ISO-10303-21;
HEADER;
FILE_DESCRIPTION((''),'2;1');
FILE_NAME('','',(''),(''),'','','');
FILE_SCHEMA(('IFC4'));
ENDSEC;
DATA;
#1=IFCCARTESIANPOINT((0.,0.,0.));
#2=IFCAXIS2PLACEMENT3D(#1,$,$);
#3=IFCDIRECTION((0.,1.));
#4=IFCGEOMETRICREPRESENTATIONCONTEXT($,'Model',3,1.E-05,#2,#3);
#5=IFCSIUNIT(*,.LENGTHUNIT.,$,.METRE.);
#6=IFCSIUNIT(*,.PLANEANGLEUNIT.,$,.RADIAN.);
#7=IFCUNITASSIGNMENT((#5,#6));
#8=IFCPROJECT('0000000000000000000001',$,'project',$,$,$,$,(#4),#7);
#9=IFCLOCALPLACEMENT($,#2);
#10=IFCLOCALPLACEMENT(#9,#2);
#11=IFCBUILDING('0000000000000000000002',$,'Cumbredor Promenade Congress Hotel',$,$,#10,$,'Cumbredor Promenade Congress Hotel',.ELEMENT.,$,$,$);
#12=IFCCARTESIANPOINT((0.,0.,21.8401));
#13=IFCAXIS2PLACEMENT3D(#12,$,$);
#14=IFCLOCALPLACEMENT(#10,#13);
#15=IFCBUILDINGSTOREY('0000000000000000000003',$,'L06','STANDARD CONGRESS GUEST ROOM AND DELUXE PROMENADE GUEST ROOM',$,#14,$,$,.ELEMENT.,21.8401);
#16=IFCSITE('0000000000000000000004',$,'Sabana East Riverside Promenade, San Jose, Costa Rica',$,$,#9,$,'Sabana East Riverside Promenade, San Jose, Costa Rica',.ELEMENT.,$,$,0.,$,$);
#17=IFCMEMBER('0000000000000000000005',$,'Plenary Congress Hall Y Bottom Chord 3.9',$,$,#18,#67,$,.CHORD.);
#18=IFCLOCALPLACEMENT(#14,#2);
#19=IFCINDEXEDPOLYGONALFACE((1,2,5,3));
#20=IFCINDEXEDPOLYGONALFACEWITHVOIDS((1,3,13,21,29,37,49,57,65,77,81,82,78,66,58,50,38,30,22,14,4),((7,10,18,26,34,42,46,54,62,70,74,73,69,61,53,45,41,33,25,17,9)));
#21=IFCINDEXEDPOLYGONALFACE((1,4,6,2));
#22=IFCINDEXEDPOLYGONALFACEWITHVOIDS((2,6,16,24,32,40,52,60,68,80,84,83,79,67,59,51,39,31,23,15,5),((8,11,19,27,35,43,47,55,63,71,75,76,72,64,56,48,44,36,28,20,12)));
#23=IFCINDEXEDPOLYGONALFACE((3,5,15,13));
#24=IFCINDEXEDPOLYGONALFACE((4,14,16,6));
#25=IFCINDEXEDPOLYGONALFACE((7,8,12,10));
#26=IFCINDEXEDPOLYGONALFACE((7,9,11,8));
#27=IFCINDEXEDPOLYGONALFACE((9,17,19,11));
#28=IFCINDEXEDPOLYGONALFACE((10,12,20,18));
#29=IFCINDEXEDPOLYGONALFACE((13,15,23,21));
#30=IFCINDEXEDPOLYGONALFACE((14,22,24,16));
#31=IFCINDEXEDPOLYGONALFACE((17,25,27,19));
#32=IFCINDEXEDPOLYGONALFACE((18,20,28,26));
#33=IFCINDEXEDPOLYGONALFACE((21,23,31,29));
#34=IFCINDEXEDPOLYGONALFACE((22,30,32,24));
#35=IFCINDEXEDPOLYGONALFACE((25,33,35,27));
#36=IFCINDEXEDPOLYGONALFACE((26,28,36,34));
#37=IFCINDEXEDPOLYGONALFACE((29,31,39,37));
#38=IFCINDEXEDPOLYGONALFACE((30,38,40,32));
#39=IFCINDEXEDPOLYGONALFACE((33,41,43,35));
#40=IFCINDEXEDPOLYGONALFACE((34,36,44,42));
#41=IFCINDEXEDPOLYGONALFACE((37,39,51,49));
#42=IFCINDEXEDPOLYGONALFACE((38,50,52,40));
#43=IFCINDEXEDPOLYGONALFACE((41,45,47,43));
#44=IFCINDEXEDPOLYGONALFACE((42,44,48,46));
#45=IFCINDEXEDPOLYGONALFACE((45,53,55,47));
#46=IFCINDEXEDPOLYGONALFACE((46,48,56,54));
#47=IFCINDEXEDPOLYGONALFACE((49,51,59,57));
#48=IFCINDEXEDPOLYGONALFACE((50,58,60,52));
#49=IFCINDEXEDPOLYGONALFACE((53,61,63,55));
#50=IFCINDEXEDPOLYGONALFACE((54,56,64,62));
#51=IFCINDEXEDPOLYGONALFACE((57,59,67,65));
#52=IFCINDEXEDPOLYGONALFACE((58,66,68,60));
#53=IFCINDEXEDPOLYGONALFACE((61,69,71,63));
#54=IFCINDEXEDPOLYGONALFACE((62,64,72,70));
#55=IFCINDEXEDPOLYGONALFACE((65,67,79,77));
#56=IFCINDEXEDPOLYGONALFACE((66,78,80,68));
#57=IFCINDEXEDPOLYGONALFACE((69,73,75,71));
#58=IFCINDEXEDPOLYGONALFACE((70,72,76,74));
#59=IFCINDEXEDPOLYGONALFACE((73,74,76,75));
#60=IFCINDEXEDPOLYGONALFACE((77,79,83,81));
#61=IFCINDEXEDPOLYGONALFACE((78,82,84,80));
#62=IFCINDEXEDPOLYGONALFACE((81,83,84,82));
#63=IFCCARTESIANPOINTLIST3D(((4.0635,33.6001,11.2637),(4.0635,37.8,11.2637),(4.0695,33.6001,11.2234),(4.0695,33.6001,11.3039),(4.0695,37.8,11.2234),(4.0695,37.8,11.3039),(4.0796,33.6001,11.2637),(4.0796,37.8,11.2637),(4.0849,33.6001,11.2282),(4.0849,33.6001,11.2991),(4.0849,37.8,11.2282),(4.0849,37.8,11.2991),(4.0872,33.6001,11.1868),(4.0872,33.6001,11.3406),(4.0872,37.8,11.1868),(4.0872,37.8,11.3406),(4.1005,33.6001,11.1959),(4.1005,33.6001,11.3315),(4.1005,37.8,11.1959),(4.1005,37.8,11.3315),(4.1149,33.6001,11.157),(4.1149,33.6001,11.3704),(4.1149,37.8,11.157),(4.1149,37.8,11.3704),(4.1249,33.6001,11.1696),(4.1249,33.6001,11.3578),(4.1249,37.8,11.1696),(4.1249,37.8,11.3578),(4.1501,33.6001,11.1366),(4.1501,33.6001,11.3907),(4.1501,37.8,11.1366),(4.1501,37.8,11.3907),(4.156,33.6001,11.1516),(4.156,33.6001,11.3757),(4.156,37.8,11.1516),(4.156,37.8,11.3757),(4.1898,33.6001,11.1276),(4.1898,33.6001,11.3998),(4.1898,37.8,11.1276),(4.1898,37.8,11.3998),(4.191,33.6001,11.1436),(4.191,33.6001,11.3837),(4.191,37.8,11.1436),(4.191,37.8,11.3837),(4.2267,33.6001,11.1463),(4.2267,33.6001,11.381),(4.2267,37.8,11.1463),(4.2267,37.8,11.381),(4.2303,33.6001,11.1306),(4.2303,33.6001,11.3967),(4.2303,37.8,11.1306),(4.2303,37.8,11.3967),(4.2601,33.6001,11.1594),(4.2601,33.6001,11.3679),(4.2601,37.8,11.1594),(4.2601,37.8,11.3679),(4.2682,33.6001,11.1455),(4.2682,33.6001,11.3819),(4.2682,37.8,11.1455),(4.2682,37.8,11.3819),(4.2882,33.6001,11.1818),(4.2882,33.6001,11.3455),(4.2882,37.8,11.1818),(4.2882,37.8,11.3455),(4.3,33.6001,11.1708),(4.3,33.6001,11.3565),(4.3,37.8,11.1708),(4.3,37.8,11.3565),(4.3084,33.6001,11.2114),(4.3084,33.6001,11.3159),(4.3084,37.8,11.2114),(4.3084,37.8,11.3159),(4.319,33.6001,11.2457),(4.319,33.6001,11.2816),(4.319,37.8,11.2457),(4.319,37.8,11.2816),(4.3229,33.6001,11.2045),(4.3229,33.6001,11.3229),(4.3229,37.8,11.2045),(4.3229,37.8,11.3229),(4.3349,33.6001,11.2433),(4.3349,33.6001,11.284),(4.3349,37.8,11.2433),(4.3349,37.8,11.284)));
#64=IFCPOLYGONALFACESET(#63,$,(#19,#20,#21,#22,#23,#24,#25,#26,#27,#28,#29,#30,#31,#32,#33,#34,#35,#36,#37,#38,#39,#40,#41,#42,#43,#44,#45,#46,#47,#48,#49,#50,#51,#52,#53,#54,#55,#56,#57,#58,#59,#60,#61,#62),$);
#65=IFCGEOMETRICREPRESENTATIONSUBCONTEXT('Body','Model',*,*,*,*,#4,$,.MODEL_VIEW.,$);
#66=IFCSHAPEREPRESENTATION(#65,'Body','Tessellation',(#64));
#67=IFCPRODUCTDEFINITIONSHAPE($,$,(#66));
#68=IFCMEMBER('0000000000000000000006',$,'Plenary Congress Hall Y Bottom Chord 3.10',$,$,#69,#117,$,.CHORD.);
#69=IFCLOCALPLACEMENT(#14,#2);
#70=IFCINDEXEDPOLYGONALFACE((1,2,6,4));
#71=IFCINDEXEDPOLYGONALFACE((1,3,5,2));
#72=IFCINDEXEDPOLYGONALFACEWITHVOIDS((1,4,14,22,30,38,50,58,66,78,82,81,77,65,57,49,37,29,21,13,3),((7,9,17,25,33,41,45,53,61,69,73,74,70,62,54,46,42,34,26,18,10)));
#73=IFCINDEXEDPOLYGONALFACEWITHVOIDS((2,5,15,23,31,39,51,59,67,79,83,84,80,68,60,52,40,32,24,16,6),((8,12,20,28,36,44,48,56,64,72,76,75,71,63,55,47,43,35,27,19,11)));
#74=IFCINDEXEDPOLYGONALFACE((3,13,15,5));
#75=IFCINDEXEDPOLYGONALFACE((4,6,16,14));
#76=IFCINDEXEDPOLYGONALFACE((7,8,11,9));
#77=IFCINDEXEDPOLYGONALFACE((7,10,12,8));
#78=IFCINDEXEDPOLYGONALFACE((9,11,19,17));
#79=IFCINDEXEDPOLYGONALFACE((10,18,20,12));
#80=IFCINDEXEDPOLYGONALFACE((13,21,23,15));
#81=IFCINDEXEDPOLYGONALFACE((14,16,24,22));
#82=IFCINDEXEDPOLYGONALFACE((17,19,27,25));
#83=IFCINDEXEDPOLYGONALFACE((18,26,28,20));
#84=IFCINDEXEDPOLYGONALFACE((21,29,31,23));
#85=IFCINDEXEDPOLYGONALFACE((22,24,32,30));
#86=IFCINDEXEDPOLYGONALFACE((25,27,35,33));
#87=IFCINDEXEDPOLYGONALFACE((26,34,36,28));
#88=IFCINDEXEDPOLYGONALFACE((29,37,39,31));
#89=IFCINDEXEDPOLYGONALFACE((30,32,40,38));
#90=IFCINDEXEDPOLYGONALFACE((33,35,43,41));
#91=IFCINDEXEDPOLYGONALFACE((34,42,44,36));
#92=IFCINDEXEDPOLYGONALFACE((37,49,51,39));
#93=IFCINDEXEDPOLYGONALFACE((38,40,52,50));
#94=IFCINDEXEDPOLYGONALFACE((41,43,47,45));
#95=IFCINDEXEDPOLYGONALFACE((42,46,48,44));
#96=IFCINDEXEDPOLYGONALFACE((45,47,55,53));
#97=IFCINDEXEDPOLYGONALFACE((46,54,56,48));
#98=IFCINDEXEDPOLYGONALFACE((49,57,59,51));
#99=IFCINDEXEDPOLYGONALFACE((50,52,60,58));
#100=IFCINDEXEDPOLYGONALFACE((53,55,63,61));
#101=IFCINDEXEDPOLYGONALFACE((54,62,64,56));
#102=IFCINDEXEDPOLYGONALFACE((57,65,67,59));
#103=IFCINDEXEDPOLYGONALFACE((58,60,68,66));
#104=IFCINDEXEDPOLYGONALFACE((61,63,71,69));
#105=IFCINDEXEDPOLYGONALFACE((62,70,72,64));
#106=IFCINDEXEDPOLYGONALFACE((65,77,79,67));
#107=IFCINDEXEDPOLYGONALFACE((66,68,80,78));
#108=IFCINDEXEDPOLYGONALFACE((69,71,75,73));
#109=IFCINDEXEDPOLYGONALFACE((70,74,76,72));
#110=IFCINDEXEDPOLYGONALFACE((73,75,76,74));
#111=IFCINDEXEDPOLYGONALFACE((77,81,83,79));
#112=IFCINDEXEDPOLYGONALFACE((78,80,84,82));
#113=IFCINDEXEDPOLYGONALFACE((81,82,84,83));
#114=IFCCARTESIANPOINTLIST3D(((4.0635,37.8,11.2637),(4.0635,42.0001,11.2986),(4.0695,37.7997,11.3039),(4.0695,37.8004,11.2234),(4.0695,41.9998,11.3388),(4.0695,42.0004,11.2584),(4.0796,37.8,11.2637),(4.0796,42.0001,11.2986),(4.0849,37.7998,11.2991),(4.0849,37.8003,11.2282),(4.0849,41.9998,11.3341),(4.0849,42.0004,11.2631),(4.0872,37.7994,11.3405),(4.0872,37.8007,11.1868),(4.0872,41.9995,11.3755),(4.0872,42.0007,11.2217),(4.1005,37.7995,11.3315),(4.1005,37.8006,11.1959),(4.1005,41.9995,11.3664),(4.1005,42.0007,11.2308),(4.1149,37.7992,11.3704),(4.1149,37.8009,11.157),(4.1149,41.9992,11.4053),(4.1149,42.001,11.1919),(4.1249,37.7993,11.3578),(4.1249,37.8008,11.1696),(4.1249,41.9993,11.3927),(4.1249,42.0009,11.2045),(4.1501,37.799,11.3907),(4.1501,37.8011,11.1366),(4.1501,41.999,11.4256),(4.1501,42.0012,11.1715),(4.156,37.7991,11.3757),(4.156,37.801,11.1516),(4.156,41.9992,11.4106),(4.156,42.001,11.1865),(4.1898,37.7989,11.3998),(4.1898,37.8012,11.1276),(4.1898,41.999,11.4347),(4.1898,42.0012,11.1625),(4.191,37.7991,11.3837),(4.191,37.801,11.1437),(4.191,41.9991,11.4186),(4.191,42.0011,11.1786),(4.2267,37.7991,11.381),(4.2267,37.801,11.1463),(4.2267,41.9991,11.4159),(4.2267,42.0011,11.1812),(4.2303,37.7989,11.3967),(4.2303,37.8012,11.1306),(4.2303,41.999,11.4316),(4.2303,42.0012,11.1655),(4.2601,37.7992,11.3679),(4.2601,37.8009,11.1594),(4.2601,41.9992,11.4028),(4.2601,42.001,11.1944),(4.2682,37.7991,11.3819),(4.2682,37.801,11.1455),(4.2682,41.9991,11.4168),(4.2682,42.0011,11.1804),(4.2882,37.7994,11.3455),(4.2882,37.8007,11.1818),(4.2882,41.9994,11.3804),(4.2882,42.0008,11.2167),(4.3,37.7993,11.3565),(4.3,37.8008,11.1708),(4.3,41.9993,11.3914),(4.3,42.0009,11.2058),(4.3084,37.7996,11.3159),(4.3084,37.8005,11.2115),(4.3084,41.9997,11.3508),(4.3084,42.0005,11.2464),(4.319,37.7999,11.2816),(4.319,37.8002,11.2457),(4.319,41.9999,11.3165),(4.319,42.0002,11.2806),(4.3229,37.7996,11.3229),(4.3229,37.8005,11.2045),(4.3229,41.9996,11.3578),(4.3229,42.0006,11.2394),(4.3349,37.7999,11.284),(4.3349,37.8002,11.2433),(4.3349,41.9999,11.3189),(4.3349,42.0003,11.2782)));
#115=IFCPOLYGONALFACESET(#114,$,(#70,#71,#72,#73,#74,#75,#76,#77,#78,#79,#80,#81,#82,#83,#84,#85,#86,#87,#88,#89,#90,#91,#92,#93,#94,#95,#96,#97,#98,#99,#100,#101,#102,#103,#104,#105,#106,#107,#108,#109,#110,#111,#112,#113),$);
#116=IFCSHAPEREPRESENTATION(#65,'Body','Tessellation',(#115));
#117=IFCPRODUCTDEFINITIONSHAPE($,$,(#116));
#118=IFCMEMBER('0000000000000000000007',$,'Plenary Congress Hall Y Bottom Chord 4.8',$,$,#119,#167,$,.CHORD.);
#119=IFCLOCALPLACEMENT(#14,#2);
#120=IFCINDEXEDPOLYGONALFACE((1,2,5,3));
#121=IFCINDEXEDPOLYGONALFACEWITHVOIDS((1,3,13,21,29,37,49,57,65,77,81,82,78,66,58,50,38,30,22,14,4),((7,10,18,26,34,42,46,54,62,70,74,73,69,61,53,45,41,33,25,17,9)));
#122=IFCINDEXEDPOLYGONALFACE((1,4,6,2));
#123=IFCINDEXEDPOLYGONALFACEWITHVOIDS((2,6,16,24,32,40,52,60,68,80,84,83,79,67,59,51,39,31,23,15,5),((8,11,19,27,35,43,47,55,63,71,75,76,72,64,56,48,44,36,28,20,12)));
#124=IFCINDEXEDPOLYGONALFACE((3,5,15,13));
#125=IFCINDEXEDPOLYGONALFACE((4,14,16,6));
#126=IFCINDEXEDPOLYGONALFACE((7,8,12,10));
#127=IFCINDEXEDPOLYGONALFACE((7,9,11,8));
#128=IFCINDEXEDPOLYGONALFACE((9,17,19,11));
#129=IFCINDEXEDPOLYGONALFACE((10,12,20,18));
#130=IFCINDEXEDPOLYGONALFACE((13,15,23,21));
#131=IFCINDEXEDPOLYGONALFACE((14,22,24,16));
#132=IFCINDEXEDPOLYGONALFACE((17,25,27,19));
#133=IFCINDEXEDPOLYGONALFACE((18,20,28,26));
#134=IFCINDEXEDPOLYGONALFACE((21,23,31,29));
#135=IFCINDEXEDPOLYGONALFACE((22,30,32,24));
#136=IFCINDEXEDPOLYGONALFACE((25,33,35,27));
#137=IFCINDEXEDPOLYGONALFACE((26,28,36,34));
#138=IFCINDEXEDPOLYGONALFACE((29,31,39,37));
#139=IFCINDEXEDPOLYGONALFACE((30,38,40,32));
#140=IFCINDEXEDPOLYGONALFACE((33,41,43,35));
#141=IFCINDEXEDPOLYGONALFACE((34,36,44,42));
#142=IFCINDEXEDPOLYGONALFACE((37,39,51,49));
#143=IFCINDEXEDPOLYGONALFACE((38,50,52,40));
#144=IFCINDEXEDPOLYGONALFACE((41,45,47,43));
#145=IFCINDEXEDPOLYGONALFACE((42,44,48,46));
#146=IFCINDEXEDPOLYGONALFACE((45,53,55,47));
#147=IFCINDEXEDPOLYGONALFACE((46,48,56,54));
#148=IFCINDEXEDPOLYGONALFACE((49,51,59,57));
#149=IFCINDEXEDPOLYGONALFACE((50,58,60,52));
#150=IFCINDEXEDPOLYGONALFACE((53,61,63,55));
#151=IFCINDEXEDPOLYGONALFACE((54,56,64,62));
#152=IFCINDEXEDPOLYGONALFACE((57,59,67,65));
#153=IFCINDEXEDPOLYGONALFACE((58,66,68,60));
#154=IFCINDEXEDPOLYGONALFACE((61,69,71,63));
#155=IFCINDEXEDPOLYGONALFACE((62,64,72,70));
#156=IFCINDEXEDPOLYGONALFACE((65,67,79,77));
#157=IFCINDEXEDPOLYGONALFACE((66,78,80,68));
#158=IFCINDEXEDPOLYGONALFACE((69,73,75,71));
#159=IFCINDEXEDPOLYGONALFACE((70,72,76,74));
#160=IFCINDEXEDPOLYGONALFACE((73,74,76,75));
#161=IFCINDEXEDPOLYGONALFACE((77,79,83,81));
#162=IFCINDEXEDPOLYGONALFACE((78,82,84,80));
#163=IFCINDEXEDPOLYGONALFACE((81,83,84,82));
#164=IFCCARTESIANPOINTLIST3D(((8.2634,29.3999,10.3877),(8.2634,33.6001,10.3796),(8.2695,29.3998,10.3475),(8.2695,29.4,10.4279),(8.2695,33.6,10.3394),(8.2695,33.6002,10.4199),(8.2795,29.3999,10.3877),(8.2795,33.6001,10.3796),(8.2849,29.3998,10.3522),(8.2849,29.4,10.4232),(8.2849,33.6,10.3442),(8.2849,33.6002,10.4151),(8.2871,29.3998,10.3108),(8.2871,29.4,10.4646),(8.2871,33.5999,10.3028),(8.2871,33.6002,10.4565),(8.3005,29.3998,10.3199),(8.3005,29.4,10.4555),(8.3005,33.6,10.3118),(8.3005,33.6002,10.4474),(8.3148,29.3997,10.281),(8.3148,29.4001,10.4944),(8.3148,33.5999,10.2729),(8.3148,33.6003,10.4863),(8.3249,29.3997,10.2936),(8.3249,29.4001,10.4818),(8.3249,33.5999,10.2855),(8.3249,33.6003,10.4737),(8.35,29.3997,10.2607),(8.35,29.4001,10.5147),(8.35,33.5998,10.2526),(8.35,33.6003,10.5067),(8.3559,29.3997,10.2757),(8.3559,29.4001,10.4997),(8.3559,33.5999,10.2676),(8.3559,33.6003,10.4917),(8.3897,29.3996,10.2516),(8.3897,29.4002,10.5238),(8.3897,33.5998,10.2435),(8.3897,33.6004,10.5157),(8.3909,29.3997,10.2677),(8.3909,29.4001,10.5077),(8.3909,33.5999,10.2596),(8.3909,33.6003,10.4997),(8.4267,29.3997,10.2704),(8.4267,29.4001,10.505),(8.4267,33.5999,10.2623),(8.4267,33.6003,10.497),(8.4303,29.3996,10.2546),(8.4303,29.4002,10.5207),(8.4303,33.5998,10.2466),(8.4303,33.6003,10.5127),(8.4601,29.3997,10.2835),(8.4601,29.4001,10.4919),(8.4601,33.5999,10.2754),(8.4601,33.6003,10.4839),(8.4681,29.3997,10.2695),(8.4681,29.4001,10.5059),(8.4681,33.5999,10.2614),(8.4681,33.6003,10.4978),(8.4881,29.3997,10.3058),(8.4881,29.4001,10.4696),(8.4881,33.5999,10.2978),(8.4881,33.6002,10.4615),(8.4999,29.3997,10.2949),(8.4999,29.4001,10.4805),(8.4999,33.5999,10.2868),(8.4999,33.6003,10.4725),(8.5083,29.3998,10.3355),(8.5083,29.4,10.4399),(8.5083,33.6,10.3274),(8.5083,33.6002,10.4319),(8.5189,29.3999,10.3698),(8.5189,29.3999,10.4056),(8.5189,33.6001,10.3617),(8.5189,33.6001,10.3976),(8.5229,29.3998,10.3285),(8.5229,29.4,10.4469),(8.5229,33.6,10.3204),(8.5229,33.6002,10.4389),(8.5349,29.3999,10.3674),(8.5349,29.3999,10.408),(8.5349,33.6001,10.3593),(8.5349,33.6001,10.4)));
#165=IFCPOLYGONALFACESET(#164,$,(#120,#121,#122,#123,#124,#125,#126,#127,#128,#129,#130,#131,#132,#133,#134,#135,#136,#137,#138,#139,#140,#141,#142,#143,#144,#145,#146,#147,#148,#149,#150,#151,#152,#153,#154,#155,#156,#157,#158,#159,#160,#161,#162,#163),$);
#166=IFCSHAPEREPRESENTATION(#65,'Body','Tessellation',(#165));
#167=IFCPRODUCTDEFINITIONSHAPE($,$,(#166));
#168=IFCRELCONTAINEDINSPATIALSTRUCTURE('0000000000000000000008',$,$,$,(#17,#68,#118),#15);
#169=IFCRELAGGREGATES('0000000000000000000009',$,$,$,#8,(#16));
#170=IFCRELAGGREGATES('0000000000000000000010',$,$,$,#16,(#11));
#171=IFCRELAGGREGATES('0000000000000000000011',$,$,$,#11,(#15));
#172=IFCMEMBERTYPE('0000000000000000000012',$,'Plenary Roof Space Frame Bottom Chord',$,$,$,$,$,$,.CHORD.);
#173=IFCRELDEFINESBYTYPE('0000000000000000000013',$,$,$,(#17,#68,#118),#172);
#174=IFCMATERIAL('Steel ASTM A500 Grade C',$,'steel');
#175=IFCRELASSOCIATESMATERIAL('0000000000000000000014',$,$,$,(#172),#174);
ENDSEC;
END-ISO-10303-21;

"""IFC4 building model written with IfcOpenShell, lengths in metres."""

from ifc_helpers import new_model, si_unit, direction, frame, origin, origin_2d, place, context, subcontext, project, spatial, hollow_circle, extrude, material, material_profile, profile_set, type_object, element, save


model = new_model("IFC4")

# Units and contexts
model_context = context("Model", 3, precision=1e-05, world=origin(), true_north=direction((0.0, 1.0)))
body_context = subcontext(model_context, "Body", "Model", "MODEL_VIEW")
ifc_project = project(units=[si_unit("LENGTHUNIT", "METRE"), si_unit("PLANEANGLEUNIT", "RADIAN")], contexts=[model_context])

# Site, building, storey
site_placement = place(None, origin())
site = spatial("IfcSite", under=ifc_project, at=site_placement, Name="Sabana East Riverside Promenade, San Jose, Costa Rica", LongName="Sabana East Riverside Promenade, San Jose, Costa Rica", CompositionType="ELEMENT", RefElevation=0.0)
building_placement = place(site_placement, origin())
building = spatial("IfcBuilding", under=site, at=building_placement, Name="Cumbredor Promenade Congress Hotel", LongName="Cumbredor Promenade Congress Hotel", CompositionType="ELEMENT")
storey_placement = place(building_placement, frame((0.0, 0.0, 21.8401)))
storey = spatial("IfcBuildingStorey", under=building, at=storey_placement, Name="L06", Description="STANDARD CONGRESS GUEST ROOM AND DELUXE PROMENADE GUEST ROOM", CompositionType="ELEMENT", Elevation=21.8401)

# Members
ifc_material_1 = material(Name="Steel ASTM A500 Grade C", Category="steel")
ifc_material_profile_1 = material_profile(ifc_material_1, hollow_circle(Radius=0.1365, WallThickness=0.0161, at=origin_2d()), Name="CHS 273.0x16")
ifc_profile_set_1 = profile_set([ifc_material_profile_1], Name="Steel ASTM A500 Grade C")
member_type_1 = type_object("IfcMemberType", Name="Plenary Roof Space Frame Bottom Chord", PredefinedType="CHORD", material=ifc_profile_set_1)
member_1_placement = place(storey_placement, frame((4.2, 33.6001, 11.2637), z_axis=(0.0, 1.0, 0.0), x_axis=(-1.0, 0.0, 0.0)))
element("IfcMember", 1, at=member_1_placement, inside=storey, type_object=member_type_1, Name="Plenary Congress Hall Y Bottom Chord 3.9", PredefinedType="CHORD", context=body_context, shape_type="SweptSolid", body=[
    extrude(hollow_circle(Radius=0.1365, WallThickness=0.0161, at=origin_2d()), origin(), (0.0, 0.0, 1.0), 4.2),
])
for number, where, z_axis, x_axis, name in (
    (2, (4.2, 37.8, 11.2637), (0.0, 0.999965, 0.008312), (-1.0, 0.0, 0.0), "Plenary Congress Hall Y Bottom Chord 3.10"),
    (3, (8.3999, 29.3999, 10.3877), (0.0, 0.999998, -0.001918), (-1.0, 0.0, 0.0), "Plenary Congress Hall Y Bottom Chord 4.8"),
):
    element("IfcMember", number, at=place(storey_placement, frame(where, z_axis=z_axis, x_axis=x_axis)), inside=storey, type_object=member_type_1, Name=name, PredefinedType="CHORD", context=body_context, shape_type="SweptSolid", body=[
        extrude(hollow_circle(Radius=0.1365, WallThickness=0.0161, at=origin_2d()), origin(), (0.0, 0.0, 1.0), 4.2002),
    ])

save(model, "model.ifc")
